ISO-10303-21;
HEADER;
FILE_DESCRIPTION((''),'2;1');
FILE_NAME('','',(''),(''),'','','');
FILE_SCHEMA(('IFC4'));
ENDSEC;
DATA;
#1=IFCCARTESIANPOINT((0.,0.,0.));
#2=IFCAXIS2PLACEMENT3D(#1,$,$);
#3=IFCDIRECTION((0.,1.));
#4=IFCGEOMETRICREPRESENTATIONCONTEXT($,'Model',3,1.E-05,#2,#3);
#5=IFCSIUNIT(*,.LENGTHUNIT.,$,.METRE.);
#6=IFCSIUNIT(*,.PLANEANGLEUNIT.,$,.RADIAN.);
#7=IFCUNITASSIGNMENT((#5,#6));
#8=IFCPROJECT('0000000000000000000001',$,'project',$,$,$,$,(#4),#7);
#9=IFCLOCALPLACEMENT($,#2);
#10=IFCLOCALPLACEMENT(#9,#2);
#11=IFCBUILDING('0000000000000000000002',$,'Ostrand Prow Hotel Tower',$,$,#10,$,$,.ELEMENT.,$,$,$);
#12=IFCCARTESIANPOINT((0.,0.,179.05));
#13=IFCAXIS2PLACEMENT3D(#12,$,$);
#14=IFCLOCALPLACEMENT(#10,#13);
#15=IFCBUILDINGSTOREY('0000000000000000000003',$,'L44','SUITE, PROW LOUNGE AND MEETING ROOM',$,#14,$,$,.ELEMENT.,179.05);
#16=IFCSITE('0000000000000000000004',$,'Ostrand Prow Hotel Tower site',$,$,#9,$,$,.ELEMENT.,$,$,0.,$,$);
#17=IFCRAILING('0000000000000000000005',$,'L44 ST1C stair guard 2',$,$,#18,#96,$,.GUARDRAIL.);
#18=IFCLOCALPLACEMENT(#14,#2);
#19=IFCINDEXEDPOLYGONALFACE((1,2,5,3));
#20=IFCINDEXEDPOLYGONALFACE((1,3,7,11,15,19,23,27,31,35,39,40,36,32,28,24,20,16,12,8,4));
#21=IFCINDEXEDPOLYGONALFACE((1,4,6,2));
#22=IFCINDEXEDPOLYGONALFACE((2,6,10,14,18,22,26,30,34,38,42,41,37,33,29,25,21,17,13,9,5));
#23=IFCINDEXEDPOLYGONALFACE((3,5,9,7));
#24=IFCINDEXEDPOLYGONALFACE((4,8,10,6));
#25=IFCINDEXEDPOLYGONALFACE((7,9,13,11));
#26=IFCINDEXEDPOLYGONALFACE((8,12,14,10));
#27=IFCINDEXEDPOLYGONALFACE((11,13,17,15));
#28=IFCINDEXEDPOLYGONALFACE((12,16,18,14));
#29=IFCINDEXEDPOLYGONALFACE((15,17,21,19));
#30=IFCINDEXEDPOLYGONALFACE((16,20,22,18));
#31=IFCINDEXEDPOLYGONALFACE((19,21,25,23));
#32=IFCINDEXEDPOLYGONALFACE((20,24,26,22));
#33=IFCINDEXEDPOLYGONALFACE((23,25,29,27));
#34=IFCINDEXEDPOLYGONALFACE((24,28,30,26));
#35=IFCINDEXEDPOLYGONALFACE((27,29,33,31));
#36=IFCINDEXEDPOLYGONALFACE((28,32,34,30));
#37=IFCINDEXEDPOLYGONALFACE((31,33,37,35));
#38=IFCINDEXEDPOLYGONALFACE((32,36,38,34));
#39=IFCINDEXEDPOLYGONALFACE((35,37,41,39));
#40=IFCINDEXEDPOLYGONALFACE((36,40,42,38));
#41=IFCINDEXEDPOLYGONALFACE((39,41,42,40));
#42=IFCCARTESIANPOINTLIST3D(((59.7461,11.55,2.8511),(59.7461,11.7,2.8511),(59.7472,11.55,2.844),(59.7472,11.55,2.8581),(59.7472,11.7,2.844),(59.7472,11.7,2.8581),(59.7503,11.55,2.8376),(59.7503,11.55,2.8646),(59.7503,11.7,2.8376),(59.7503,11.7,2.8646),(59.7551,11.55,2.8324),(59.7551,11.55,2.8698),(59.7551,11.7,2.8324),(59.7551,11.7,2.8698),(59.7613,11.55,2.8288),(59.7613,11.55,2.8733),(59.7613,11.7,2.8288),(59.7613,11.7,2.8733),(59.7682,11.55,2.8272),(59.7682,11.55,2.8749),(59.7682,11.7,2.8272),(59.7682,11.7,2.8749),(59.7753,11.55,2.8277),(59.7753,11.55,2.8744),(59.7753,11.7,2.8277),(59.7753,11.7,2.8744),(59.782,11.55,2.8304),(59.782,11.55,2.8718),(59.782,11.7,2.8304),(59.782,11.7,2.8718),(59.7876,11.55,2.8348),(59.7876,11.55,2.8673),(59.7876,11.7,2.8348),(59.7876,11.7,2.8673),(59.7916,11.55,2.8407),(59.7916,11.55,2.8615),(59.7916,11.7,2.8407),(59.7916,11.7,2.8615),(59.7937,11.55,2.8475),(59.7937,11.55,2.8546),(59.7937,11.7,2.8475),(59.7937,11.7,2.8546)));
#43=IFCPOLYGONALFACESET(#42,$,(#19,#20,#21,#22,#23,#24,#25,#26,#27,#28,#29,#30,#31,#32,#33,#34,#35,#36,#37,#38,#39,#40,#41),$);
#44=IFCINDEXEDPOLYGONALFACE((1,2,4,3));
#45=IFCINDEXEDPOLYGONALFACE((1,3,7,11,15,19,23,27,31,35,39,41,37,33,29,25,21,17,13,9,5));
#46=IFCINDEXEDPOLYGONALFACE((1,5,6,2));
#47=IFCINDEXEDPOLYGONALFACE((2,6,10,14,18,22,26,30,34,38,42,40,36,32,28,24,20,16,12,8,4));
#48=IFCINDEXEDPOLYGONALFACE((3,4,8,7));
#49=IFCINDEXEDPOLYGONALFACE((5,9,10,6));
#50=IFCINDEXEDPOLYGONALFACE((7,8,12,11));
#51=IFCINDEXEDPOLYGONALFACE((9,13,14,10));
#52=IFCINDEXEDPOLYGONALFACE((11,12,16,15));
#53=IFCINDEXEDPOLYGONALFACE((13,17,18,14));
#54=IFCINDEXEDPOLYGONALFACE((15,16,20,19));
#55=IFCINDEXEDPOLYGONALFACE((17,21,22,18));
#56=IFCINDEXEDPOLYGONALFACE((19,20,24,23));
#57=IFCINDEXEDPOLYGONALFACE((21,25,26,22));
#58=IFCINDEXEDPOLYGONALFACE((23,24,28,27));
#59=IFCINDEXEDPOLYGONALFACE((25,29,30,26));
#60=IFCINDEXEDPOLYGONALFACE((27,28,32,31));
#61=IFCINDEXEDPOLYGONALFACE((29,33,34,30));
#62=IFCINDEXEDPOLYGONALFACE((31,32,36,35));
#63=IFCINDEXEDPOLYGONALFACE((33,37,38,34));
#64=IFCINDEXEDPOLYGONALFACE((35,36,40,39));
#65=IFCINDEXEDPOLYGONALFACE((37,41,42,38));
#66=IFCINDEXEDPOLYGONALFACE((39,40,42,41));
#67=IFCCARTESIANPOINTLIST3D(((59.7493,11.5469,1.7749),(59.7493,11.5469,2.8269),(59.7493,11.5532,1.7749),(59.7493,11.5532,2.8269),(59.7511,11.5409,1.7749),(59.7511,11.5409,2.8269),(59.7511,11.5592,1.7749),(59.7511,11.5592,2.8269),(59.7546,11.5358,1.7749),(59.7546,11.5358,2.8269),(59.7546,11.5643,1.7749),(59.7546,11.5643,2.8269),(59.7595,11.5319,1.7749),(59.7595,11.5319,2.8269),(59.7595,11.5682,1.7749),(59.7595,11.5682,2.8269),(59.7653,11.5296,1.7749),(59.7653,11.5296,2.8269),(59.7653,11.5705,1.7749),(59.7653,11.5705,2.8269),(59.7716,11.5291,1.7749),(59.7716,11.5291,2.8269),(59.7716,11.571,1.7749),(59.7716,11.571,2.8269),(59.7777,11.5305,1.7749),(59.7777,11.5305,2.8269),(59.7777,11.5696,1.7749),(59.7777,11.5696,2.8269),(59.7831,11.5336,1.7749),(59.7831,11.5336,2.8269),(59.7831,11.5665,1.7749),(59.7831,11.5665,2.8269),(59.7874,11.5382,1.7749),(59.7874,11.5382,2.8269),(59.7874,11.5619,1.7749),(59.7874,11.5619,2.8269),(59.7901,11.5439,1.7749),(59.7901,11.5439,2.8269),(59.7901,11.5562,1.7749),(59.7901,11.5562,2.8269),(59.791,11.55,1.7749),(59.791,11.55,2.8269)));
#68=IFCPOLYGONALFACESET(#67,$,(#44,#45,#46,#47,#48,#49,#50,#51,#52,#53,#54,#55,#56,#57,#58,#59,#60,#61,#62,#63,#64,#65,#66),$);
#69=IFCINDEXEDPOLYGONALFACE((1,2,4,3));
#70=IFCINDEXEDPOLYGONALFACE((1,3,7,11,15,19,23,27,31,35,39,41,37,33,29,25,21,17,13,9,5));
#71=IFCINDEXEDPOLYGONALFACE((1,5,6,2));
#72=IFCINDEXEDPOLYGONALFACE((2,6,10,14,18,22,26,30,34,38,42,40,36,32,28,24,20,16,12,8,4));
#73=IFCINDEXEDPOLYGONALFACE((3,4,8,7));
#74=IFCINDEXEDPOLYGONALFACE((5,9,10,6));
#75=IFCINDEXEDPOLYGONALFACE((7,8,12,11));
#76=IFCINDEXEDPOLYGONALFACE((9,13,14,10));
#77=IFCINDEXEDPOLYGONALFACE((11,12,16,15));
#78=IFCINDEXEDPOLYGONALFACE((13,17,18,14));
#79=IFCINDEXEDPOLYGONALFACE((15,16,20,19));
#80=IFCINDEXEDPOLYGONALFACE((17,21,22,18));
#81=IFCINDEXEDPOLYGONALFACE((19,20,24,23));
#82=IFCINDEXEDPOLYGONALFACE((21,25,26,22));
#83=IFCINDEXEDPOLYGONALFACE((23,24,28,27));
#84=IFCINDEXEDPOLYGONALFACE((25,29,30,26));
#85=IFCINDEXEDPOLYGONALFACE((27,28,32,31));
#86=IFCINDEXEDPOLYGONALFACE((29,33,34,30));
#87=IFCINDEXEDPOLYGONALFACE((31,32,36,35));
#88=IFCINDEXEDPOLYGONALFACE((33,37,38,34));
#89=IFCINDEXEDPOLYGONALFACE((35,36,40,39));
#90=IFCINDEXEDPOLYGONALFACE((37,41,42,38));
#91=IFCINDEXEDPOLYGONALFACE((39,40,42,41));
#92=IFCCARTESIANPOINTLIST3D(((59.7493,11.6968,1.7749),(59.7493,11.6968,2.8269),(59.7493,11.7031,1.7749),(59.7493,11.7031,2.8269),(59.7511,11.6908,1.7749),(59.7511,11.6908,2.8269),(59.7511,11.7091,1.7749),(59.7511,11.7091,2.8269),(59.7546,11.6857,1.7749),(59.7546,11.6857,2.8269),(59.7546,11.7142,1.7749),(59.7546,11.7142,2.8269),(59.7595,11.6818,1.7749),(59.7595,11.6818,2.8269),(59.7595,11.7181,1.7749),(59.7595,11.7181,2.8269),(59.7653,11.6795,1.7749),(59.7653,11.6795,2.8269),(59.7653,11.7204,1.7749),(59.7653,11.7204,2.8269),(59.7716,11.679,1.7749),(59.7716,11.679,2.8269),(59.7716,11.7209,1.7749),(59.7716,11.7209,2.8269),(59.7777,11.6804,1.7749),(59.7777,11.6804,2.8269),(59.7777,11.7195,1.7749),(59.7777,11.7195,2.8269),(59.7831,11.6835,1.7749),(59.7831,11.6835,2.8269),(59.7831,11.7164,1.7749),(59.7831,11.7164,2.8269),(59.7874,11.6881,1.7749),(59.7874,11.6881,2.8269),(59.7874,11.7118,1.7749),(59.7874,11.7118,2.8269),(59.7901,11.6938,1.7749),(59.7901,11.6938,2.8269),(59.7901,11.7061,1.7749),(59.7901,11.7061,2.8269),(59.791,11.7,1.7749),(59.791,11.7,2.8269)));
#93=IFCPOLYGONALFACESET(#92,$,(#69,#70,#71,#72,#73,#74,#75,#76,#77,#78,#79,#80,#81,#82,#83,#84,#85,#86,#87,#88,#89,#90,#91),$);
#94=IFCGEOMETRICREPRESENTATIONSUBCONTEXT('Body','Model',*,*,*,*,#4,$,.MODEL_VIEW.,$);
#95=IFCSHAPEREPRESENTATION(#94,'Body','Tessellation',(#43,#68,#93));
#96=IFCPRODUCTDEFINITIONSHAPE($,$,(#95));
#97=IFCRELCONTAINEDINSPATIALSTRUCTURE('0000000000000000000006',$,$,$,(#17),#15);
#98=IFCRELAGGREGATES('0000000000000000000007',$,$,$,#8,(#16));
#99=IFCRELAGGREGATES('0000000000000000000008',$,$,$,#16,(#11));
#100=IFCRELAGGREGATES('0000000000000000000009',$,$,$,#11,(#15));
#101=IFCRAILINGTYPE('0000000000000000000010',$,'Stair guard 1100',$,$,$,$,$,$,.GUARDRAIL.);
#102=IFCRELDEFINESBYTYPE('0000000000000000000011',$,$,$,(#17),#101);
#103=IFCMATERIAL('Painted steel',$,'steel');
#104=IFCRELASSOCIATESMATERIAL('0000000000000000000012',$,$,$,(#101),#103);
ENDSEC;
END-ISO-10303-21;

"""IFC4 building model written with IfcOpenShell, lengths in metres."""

from ifc_helpers import new_model, si_unit, direction, frame, origin, origin_2d, place, context, subcontext, project, spatial, circle, extrude, material, type_object, element, save


model = new_model("IFC4")

# Units and contexts
model_context = context("Model", 3, precision=1e-05, world=origin(), true_north=direction((0.0, 1.0)))
body_context = subcontext(model_context, "Body", "Model", "MODEL_VIEW")
ifc_project = project(units=[si_unit("LENGTHUNIT", "METRE"), si_unit("PLANEANGLEUNIT", "RADIAN")], contexts=[model_context])

# Site, building, storey
site_placement = place(None, origin())
site = spatial("IfcSite", under=ifc_project, at=site_placement, Name="Ostrand Prow Hotel Tower site", CompositionType="ELEMENT", RefElevation=0.0)
building_placement = place(site_placement, origin())
building = spatial("IfcBuilding", under=site, at=building_placement, Name="Ostrand Prow Hotel Tower", CompositionType="ELEMENT")
storey_placement = place(building_placement, frame((0.0, 0.0, 179.05)))
storey = spatial("IfcBuildingStorey", under=building, at=storey_placement, Name="L44", Description="SUITE, PROW LOUNGE AND MEETING ROOM", CompositionType="ELEMENT", Elevation=179.05)

# Railing
ifc_material_1 = material(Name="Painted steel", Category="steel")
railing_type_1 = type_object("IfcRailingType", Name="Stair guard 1100", PredefinedType="GUARDRAIL", material=ifc_material_1)
railing_1_placement = place(storey_placement, frame((59.77, 11.55, 1.7749)))
element("IfcRailing", 1, at=railing_1_placement, inside=storey, type_object=railing_type_1, Name="L44 ST1C stair guard 2", PredefinedType="GUARDRAIL", context=body_context, shape_type="SweptSolid", body=[
    extrude(circle(Radius=0.0239, at=origin_2d()), frame((0.0, 0.0, 1.0762), z_axis=(0.0, 1.0, 0.0), x_axis=(-1.0, 0.0, 0.0)), (0.0, 0.0, 1.0), 0.1499),
    extrude(circle(Radius=0.021, at=origin_2d()), origin(), (0.0, 0.0, 1.0), 1.052),
    extrude(circle(Radius=0.021, at=origin_2d()), frame((0.0, 0.1499, 0.0)), (0.0, 0.0, 1.0), 1.052),
])

save(model, "model.ifc")
